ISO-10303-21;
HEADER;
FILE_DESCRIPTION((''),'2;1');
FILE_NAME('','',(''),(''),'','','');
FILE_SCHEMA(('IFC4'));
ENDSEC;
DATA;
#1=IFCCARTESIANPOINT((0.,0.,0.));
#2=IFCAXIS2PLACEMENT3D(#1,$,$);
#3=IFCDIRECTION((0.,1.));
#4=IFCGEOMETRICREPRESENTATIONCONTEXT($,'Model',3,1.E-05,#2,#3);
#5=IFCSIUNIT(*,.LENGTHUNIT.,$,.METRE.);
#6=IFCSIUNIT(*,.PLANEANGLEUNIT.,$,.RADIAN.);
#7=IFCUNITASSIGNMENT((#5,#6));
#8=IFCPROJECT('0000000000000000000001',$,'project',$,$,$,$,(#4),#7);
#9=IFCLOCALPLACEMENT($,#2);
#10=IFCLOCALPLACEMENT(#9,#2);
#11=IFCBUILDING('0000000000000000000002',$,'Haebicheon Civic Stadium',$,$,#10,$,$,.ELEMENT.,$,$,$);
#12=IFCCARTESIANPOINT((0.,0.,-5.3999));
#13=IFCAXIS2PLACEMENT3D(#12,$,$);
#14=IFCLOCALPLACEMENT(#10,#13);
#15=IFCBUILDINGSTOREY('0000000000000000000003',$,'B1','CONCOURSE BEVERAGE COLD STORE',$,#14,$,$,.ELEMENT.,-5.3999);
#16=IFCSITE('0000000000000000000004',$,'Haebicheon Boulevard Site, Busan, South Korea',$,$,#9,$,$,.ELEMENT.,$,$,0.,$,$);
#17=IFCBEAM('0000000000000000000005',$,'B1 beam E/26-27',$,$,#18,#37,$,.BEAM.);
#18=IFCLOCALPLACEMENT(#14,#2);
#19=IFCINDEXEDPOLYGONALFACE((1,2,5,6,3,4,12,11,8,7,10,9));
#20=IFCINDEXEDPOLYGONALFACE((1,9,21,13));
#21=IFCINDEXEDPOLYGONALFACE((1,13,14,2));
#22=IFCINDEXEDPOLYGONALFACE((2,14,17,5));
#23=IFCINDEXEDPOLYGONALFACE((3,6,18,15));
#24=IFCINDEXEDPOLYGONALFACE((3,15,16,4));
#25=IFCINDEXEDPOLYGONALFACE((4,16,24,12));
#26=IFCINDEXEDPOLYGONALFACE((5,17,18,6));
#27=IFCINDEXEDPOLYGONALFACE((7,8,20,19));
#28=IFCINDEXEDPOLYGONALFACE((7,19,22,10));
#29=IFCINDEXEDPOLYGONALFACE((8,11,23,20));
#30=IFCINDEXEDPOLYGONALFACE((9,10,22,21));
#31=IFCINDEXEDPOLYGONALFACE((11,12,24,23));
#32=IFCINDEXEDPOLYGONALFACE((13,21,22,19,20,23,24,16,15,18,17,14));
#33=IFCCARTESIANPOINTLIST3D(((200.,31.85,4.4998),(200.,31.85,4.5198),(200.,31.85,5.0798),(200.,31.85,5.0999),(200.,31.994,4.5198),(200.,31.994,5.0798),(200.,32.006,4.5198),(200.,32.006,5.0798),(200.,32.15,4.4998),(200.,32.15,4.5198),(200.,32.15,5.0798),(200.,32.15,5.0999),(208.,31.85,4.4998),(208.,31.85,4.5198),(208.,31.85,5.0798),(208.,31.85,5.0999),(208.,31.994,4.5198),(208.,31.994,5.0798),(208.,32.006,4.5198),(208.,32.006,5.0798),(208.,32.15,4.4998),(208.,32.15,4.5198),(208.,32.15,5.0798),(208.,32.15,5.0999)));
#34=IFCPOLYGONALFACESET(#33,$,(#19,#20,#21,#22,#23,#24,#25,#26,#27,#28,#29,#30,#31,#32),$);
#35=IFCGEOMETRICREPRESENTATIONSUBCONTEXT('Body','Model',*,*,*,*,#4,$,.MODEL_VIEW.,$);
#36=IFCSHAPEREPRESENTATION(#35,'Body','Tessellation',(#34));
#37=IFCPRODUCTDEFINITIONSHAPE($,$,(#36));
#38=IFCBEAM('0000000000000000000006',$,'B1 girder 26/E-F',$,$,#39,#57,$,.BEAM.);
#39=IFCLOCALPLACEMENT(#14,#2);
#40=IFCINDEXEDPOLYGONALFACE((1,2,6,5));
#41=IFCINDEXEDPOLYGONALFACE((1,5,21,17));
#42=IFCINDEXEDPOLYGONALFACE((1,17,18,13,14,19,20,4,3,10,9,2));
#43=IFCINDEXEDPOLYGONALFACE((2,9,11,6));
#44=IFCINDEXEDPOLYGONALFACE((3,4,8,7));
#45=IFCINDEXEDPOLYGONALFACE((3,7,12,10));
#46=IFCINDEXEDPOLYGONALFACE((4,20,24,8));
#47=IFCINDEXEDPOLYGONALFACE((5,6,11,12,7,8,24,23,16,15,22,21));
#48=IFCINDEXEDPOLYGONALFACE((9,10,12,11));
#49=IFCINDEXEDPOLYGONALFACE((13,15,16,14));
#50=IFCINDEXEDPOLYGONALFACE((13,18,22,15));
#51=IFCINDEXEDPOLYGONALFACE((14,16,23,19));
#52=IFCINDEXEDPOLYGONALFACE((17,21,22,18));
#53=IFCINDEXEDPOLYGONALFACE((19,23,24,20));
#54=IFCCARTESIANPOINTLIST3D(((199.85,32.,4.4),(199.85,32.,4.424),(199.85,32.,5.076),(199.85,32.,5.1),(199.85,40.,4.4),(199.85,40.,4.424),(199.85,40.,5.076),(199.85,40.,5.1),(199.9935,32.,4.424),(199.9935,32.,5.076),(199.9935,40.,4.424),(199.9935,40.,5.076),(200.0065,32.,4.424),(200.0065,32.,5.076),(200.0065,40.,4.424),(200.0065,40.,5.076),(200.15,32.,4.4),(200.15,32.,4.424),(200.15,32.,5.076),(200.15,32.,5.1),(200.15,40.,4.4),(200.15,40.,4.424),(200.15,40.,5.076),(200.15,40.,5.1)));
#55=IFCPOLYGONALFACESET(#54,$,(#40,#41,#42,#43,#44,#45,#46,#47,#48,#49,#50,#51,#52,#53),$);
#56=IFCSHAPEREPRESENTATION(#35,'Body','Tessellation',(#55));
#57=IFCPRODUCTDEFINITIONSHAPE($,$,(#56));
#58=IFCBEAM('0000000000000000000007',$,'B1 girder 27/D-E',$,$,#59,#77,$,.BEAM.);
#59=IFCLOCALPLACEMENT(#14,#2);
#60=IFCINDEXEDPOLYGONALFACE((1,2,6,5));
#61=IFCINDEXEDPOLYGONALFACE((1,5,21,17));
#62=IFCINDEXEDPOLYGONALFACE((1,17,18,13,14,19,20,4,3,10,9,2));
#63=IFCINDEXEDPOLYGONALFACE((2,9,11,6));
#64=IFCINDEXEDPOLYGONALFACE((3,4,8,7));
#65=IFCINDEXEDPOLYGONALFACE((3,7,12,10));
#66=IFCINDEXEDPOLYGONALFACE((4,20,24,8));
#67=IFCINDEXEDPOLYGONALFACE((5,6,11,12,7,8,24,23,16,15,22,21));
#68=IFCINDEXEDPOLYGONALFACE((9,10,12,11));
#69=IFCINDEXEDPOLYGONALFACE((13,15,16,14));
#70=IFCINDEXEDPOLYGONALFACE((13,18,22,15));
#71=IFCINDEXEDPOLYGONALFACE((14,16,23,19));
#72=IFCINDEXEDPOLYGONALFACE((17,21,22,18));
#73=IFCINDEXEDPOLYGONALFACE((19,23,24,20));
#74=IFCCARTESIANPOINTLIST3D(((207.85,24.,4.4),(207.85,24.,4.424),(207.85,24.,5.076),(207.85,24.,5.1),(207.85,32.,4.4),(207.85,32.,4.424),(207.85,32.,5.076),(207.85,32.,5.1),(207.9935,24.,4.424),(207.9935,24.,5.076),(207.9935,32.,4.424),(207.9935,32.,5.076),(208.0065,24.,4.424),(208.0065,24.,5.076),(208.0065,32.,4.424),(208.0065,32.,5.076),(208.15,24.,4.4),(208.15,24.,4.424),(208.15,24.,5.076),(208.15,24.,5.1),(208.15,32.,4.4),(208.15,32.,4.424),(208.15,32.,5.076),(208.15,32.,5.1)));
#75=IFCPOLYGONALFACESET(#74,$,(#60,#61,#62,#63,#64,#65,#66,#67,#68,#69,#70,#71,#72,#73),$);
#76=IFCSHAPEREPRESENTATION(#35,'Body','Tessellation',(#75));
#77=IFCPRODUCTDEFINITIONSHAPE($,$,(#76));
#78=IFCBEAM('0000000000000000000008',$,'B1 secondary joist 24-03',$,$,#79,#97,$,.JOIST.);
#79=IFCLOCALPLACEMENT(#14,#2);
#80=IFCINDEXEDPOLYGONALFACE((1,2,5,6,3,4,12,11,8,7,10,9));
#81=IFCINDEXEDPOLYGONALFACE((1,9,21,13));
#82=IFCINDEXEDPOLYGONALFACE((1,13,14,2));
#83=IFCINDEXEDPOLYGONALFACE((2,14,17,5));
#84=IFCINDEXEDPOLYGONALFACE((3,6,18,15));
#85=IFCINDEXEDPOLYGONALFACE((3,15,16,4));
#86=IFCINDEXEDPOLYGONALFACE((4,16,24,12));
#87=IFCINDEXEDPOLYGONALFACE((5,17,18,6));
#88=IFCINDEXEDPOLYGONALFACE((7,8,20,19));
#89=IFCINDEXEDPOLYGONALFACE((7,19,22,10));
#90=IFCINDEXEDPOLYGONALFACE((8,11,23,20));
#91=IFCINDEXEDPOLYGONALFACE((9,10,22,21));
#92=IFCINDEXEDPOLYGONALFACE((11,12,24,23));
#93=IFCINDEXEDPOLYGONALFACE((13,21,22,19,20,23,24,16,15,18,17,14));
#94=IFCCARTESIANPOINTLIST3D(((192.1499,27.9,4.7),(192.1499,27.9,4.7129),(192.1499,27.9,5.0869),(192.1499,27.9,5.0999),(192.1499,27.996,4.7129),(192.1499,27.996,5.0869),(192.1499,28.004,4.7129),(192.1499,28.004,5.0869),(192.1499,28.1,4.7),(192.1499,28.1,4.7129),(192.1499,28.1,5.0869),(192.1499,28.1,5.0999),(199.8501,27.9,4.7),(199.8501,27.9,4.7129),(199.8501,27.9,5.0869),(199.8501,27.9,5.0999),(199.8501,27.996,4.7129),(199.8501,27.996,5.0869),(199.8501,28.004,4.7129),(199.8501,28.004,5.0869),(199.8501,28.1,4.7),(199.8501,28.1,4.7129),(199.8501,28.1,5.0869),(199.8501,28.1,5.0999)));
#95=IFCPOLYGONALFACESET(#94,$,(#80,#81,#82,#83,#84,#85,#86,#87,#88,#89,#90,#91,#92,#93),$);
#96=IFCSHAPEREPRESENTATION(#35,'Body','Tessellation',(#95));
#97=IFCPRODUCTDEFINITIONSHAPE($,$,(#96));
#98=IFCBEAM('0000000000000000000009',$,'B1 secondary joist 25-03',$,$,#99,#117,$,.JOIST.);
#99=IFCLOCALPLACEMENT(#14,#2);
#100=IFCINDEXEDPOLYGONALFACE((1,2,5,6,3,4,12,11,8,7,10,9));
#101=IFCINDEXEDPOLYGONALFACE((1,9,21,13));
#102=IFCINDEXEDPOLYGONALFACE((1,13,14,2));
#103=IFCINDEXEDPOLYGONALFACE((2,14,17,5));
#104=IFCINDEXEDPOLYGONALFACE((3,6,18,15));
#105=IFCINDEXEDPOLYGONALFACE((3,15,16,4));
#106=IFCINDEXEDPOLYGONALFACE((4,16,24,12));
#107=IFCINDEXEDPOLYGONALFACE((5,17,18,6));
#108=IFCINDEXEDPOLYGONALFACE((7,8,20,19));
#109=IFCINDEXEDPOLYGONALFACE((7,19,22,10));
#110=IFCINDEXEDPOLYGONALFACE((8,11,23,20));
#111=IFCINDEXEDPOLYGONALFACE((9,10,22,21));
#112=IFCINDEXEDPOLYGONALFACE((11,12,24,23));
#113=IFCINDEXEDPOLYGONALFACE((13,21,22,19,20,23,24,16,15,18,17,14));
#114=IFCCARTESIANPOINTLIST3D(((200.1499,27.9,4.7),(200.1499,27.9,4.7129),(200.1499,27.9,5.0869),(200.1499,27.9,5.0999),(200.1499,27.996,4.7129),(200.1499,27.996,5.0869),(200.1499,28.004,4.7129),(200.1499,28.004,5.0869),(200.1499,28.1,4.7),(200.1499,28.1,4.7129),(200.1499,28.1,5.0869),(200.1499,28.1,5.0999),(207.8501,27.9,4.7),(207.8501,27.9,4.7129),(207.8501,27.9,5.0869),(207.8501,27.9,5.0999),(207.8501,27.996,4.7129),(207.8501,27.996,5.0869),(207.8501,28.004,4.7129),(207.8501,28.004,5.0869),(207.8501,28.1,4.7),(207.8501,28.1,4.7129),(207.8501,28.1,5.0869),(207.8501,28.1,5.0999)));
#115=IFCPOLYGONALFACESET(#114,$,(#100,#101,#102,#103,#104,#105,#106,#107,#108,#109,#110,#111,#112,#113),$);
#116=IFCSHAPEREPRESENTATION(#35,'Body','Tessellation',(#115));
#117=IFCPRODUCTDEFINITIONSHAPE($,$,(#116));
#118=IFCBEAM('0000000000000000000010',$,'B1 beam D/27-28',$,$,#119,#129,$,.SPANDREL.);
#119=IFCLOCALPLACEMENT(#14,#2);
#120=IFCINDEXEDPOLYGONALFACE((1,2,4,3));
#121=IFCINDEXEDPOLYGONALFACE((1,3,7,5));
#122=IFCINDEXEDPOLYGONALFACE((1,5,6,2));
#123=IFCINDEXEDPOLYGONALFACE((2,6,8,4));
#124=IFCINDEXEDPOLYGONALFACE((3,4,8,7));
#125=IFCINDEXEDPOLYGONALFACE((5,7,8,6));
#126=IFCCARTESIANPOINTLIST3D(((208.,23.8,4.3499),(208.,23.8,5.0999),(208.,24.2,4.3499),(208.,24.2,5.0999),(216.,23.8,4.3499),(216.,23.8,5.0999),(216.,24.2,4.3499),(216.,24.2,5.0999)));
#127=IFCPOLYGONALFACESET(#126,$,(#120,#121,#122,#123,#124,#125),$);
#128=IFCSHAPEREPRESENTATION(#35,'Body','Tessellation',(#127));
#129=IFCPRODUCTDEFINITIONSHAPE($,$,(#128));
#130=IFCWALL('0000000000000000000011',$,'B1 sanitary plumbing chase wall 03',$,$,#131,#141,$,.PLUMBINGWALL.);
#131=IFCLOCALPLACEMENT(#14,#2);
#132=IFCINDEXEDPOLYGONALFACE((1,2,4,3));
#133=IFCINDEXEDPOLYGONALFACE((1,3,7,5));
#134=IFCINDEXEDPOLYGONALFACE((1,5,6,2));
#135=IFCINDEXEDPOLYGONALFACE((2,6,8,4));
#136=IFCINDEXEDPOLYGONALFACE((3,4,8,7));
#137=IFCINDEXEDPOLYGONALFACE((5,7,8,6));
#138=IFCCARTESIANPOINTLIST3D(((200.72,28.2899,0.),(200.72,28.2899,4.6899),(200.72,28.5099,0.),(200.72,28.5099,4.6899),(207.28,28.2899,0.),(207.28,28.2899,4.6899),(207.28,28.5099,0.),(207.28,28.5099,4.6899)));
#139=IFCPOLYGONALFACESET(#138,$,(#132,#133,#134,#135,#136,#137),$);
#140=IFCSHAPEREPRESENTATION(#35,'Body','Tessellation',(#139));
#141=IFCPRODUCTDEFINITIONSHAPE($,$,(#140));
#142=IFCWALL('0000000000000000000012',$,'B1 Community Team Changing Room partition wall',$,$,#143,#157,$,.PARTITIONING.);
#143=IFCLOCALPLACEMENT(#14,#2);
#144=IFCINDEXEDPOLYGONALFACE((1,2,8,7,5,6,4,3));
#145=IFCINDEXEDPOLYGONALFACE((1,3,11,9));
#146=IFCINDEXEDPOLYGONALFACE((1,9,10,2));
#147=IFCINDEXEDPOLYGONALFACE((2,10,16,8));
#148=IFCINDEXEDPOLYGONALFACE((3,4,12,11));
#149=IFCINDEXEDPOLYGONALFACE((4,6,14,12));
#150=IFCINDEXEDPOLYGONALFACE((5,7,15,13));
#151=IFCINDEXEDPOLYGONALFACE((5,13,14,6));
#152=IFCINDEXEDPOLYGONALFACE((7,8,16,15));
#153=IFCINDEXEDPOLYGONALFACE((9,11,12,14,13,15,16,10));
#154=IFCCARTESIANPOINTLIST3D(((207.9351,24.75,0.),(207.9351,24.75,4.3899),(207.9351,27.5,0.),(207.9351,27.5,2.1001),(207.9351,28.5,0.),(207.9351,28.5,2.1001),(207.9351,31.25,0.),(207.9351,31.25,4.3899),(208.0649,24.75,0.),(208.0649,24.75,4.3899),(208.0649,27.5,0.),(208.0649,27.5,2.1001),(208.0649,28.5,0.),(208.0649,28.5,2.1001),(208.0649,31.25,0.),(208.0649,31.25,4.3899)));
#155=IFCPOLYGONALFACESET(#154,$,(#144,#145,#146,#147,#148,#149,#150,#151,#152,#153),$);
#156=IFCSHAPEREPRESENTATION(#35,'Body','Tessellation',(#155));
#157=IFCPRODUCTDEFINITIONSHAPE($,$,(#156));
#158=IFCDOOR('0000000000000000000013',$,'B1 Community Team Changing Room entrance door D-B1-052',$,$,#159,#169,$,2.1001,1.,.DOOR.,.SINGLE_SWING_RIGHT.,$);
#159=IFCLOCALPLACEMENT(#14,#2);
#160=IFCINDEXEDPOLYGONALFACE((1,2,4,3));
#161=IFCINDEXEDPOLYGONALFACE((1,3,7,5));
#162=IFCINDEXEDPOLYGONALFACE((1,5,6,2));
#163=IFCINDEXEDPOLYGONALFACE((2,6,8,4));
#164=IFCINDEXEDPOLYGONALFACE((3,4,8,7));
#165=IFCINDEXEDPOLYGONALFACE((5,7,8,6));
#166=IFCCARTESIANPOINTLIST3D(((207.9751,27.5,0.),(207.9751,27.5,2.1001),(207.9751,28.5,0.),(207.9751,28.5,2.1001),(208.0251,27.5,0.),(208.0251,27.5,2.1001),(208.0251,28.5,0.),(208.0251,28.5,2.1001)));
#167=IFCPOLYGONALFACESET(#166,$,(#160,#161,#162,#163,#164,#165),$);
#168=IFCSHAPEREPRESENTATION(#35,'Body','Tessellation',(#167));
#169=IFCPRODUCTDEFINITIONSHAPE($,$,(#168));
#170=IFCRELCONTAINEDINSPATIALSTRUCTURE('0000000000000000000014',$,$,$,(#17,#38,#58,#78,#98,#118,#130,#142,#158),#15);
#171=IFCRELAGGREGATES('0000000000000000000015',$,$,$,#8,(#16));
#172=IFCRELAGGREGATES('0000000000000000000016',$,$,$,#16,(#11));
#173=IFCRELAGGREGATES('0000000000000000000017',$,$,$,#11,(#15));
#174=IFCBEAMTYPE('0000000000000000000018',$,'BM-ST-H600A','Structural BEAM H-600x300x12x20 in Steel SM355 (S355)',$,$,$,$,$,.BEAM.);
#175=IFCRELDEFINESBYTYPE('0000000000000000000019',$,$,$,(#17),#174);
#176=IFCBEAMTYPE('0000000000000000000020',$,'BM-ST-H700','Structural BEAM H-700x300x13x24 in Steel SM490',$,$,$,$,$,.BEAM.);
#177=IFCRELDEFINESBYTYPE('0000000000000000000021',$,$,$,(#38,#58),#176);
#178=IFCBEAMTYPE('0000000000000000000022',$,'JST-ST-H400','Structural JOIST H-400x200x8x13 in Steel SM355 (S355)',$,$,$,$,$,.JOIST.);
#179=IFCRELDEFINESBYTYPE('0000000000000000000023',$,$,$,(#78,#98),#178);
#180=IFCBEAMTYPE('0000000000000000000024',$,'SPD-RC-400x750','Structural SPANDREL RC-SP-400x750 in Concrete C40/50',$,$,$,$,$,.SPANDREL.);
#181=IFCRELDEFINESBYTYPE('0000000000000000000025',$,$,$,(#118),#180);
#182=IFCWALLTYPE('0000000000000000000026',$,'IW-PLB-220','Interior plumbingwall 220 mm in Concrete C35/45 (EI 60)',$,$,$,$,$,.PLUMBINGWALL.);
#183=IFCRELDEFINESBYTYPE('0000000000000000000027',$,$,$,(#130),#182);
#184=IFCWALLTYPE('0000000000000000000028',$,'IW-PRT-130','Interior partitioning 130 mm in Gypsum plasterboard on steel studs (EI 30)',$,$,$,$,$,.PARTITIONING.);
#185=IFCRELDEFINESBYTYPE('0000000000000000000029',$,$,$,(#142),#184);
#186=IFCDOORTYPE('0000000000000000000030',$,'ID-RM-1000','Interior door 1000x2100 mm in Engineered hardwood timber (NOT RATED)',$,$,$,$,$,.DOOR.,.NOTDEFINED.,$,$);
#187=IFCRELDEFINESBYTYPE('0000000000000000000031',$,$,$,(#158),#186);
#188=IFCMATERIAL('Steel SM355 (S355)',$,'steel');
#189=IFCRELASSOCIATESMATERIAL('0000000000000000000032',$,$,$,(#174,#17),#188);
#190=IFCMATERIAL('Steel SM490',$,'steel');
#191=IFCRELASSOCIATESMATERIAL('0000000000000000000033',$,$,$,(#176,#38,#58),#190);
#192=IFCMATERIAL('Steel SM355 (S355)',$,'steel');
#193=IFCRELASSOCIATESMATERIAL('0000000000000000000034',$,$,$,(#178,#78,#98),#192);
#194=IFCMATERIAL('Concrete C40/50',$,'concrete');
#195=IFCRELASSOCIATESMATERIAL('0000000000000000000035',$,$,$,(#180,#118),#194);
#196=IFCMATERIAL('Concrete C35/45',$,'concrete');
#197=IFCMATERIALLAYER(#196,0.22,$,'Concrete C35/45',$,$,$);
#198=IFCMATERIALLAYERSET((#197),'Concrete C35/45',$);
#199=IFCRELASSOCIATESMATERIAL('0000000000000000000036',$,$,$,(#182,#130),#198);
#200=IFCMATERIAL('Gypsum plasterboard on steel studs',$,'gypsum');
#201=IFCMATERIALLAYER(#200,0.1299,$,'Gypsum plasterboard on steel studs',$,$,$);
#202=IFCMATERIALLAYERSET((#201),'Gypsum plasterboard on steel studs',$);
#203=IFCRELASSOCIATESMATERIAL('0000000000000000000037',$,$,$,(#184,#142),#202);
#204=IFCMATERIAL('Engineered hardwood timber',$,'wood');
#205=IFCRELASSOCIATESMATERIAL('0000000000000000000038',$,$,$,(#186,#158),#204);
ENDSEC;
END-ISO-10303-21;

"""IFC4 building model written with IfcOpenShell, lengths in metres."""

from ifc_helpers import new_model, si_unit, direction, frame, frame_2d, origin, origin_2d, place, context, subcontext, project, spatial, rectangle, i_section, extrude, material, layer, layer_set, material_profile, profile_set, type_object, element, fill, save


model = new_model("IFC4")

# Units and contexts
model_context = context("Model", 3, precision=1e-05, world=origin(), true_north=direction((0.0, 1.0)))
body_context = subcontext(model_context, "Body", "Model", "MODEL_VIEW")
ifc_project = project(units=[si_unit("LENGTHUNIT", "METRE"), si_unit("PLANEANGLEUNIT", "RADIAN")], contexts=[model_context])

# Site, building, storey
site_placement = place(None, origin())
site = spatial("IfcSite", under=ifc_project, at=site_placement, Name="Haebicheon Boulevard Site, Busan, South Korea", CompositionType="ELEMENT", RefElevation=0.0)
building_placement = place(site_placement, origin())
building = spatial("IfcBuilding", under=site, at=building_placement, Name="Haebicheon Civic Stadium", CompositionType="ELEMENT")
storey_placement = place(building_placement, frame((0.0, 0.0, -5.3999)))
storey = spatial("IfcBuildingStorey", under=building, at=storey_placement, Name="B1", Description="CONCOURSE BEVERAGE COLD STORE", CompositionType="ELEMENT", Elevation=-5.3999)

# Beams
ifc_material_1 = material(Name="Steel SM355 (S355)", Category="steel")
ifc_material_profile_1 = material_profile(ifc_material_1, i_section(OverallWidth=0.3, OverallDepth=0.6001, WebThickness=0.012, FlangeThickness=0.02, at=origin_2d()), Name="H-600x300x12x20")
ifc_profile_set_1 = profile_set([ifc_material_profile_1], Name="Steel SM355 (S355)")
beam_type_1 = type_object("IfcBeamType", Name="BM-ST-H600A", Description="Structural BEAM H-600x300x12x20 in Steel SM355 (S355)", PredefinedType="BEAM", material=ifc_profile_set_1)
beam_1_placement = place(storey_placement, frame((200.0, 32.0, 4.7998), z_axis=(1.0, 0.0, 0.0), x_axis=(0.0, 1.0, 0.0)))
element("IfcBeam", 1, at=beam_1_placement, inside=storey, type_object=beam_type_1, material=ifc_profile_set_1, Name="B1 beam E/26-27", PredefinedType="BEAM", context=body_context, shape_type="SweptSolid", body=[
    extrude(i_section(OverallWidth=0.3, OverallDepth=0.6001, WebThickness=0.012, FlangeThickness=0.02, at=origin_2d()), origin(), (0.0, 0.0, 1.0), 8.0),
])
ifc_material_2 = material(Name="Steel SM490", Category="steel")
ifc_material_profile_2 = material_profile(ifc_material_2, i_section(OverallWidth=0.3, OverallDepth=0.7, WebThickness=0.0129, FlangeThickness=0.0239, at=origin_2d()), Name="H-700x300x13x24")
ifc_profile_set_2 = profile_set([ifc_material_profile_2], Name="Steel SM490")
beam_type_2 = type_object("IfcBeamType", Name="BM-ST-H700", Description="Structural BEAM H-700x300x13x24 in Steel SM490", PredefinedType="BEAM", material=ifc_profile_set_2)
for number, where, z_axis, x_axis, name in (
    (2, (200.0, 32.0, 4.75), (0.0, 1.0, 0.0), (-1.0, 0.0, 0.0), "B1 girder 26/E-F"),
    (3, (208.0, 24.0, 4.75), (0.0, 1.0, 0.0), (-1.0, 0.0, 0.0), "B1 girder 27/D-E"),
):
    element("IfcBeam", number, at=place(storey_placement, frame(where, z_axis=z_axis, x_axis=x_axis)), inside=storey, type_object=beam_type_2, material=ifc_profile_set_2, Name=name, PredefinedType="BEAM", context=body_context, shape_type="SweptSolid", body=[
        extrude(i_section(OverallWidth=0.3, OverallDepth=0.7, WebThickness=0.0129, FlangeThickness=0.0239, at=origin_2d()), origin(), (0.0, 0.0, 1.0), 8.0),
    ])
ifc_material_3 = material(Name="Steel SM355 (S355)", Category="steel")
ifc_material_profile_3 = material_profile(ifc_material_3, i_section(OverallWidth=0.2, OverallDepth=0.3999, WebThickness=0.0081, FlangeThickness=0.0129, at=origin_2d()), Name="H-400x200x8x13")
ifc_profile_set_3 = profile_set([ifc_material_profile_3], Name="Steel SM355 (S355)")
beam_type_3 = type_object("IfcBeamType", Name="JST-ST-H400", Description="Structural JOIST H-400x200x8x13 in Steel SM355 (S355)", PredefinedType="JOIST", material=ifc_profile_set_3)
for number, where, z_axis, x_axis, name in (
    (4, (192.1499, 28.0, 4.8999), (1.0, 0.0, 0.0), (0.0, 1.0, 0.0), "B1 secondary joist 24-03"),
    (5, (200.1499, 28.0, 4.8999), (1.0, 0.0, 0.0), (0.0, 1.0, 0.0), "B1 secondary joist 25-03"),
):
    element("IfcBeam", number, at=place(storey_placement, frame(where, z_axis=z_axis, x_axis=x_axis)), inside=storey, type_object=beam_type_3, material=ifc_profile_set_3, Name=name, PredefinedType="JOIST", context=body_context, shape_type="SweptSolid", body=[
        extrude(i_section(OverallWidth=0.2, OverallDepth=0.3999, WebThickness=0.0081, FlangeThickness=0.0129, at=origin_2d()), origin(), (0.0, 0.0, 1.0), 7.7002),
    ])
ifc_material_4 = material(Name="Concrete C40/50", Category="concrete")
ifc_material_profile_4 = material_profile(ifc_material_4, rectangle(XDim=0.3999, YDim=0.75, at=origin_2d()), Name="RC-SP-400x750")
ifc_profile_set_4 = profile_set([ifc_material_profile_4], Name="Concrete C40/50")
beam_type_4 = type_object("IfcBeamType", Name="SPD-RC-400x750", Description="Structural SPANDREL RC-SP-400x750 in Concrete C40/50", PredefinedType="SPANDREL", material=ifc_profile_set_4)
beam_2_placement = place(storey_placement, frame((208.0, 24.0, 4.7249), z_axis=(1.0, 0.0, 0.0), x_axis=(0.0, 1.0, 0.0)))
element("IfcBeam", 6, at=beam_2_placement, inside=storey, type_object=beam_type_4, material=ifc_profile_set_4, Name="B1 beam D/27-28", PredefinedType="SPANDREL", context=body_context, shape_type="SweptSolid", body=[
    extrude(rectangle(XDim=0.3999, YDim=0.75, at=origin_2d()), origin(), (0.0, 0.0, 1.0), 8.0),
])

# Wall
ifc_material_5 = material(Name="Concrete C35/45", Category="concrete")
ifc_layer_1 = layer(ifc_material_5, 0.22, Name="Concrete C35/45")
ifc_layer_set_1 = layer_set([ifc_layer_1], Name="Concrete C35/45")
wall_type_1 = type_object("IfcWallType", Name="IW-PLB-220", Description="Interior plumbingwall 220 mm in Concrete C35/45 (EI 60)", PredefinedType="PLUMBINGWALL", material=ifc_layer_set_1)
wall_1_placement = place(storey_placement, frame((200.72, 28.3999, 0.0), z_axis=(0.0, 0.0, 1.0), x_axis=(1.0, 0.0, 0.0)))
element("IfcWall", 7, at=wall_1_placement, inside=storey, type_object=wall_type_1, material=ifc_layer_set_1, Name="B1 sanitary plumbing chase wall 03", PredefinedType="PLUMBINGWALL", context=body_context, shape_type="SweptSolid", body=[
    extrude(rectangle(XDim=6.5601, YDim=0.22, at=frame_2d((3.28, 0.0))), origin(), (0.0, 0.0, 1.0), 4.6899),
])

# Wall, opening, door
ifc_material_6 = material(Name="Gypsum plasterboard on steel studs", Category="gypsum")
ifc_layer_2 = layer(ifc_material_6, 0.1299, Name="Gypsum plasterboard on steel studs")
ifc_layer_set_2 = layer_set([ifc_layer_2], Name="Gypsum plasterboard on steel studs")
wall_type_2 = type_object("IfcWallType", Name="IW-PRT-130", Description="Interior partitioning 130 mm in Gypsum plasterboard on steel studs (EI 30)", PredefinedType="PARTITIONING", material=ifc_layer_set_2)
wall_2_placement = place(storey_placement, frame((208.0, 24.75, 0.0), z_axis=(0.0, 0.0, 1.0), x_axis=(0.0, 1.0, 0.0)))
wall_2 = element("IfcWall", 8, at=wall_2_placement, inside=storey, type_object=wall_type_2, material=ifc_layer_set_2, Name="B1 Community Team Changing Room partition wall", PredefinedType="PARTITIONING", context=body_context, shape_type="SweptSolid", body=[
    extrude(rectangle(XDim=6.5, YDim=0.1299, at=frame_2d((3.25, 0.0))), origin(), (0.0, 0.0, 1.0), 4.3899),
])
opening_1_placement = place(wall_2_placement, frame((2.75, 0.0, 0.0)))
opening_1 = element("IfcOpeningElement", 9, at=opening_1_placement, cuts=wall_2, PredefinedType="OPENING", context=body_context, shape_type="SweptSolid", body=[
    extrude(rectangle(XDim=1.0, YDim=2.1001, at=frame_2d((0.5, 1.05))), frame((0.0, 0.075, 0.0), z_axis=(0.0, -1.0, 0.0), x_axis=(1.0, 0.0, 0.0)), (0.0, 0.0, 1.0), 0.1499),
])
ifc_material_7 = material(Name="Engineered hardwood timber", Category="wood")
door_type_1 = type_object("IfcDoorType", Name="ID-RM-1000", Description="Interior door 1000x2100 mm in Engineered hardwood timber (NOT RATED)", OperationType="NOTDEFINED", PredefinedType="DOOR", material=ifc_material_7)
door_1_placement = place(opening_1_placement, origin())
door_1 = element("IfcDoor", 10, at=door_1_placement, inside=storey, type_object=door_type_1, material=ifc_material_7, Name="B1 Community Team Changing Room entrance door D-B1-052", OperationType="SINGLE_SWING_RIGHT", OverallHeight=2.1001, OverallWidth=1.0, PredefinedType="DOOR", context=body_context, shape_type="SweptSolid", body=[
    extrude(rectangle(XDim=1.0, YDim=2.1001, at=frame_2d((0.5, 1.05))), frame((0.0, 0.0249, 0.0), z_axis=(0.0, -1.0, 0.0), x_axis=(1.0, 0.0, 0.0)), (0.0, 0.0, 1.0), 0.05),
])
fill(opening_1, door_1)

save(model, "model.ifc")
